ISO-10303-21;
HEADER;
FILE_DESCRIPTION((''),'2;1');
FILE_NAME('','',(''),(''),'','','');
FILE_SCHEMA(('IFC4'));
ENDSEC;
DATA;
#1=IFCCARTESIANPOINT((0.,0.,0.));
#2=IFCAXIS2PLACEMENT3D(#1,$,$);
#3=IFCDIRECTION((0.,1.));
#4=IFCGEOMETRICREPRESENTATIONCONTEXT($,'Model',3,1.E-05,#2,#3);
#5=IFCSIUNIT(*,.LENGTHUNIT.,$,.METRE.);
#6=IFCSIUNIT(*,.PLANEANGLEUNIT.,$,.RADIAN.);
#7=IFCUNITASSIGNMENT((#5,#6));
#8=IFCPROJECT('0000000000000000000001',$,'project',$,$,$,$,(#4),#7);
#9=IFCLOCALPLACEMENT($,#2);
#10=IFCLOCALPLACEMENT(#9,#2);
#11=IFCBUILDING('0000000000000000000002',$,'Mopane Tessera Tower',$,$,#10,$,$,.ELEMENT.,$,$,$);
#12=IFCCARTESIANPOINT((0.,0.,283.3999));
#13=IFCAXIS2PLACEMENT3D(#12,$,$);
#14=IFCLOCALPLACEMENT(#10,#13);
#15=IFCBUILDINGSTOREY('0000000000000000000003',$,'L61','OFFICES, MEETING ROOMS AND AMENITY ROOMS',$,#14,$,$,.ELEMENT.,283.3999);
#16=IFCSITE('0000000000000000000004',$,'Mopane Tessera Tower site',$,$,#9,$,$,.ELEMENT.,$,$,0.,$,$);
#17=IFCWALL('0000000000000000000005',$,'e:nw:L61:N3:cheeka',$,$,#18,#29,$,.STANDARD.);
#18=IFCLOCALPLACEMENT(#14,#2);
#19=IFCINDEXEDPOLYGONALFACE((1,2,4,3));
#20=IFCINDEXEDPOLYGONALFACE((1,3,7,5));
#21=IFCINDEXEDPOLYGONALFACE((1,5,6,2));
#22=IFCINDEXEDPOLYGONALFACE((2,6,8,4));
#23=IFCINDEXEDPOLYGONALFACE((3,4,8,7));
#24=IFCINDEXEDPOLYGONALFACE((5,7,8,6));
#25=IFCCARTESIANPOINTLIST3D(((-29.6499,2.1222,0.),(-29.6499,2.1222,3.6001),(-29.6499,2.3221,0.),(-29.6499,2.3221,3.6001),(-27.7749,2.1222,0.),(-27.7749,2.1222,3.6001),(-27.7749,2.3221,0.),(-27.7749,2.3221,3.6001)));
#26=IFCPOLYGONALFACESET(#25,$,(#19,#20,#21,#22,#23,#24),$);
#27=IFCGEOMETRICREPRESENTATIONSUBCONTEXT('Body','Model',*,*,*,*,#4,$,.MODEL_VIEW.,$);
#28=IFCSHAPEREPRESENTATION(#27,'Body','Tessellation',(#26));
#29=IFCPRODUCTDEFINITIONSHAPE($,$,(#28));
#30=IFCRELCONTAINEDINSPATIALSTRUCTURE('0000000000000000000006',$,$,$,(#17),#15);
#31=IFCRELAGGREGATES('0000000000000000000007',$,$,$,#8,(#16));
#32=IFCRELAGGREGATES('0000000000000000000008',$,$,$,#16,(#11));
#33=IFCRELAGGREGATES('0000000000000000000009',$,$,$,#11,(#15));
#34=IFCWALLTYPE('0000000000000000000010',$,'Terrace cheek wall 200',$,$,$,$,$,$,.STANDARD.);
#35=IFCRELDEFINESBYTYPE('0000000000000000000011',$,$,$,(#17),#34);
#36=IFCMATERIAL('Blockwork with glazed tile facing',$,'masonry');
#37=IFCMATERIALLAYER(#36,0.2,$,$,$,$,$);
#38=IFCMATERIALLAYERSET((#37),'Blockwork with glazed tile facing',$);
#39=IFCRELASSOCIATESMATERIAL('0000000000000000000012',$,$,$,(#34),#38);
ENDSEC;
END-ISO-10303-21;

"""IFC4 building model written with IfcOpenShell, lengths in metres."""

from ifc_helpers import new_model, si_unit, direction, frame, frame_2d, origin, place, context, subcontext, project, spatial, rectangle, extrude, material, layer, layer_set, type_object, element, save


model = new_model("IFC4")

# Units and contexts
model_context = context("Model", 3, precision=1e-05, world=origin(), true_north=direction((0.0, 1.0)))
body_context = subcontext(model_context, "Body", "Model", "MODEL_VIEW")
ifc_project = project(units=[si_unit("LENGTHUNIT", "METRE"), si_unit("PLANEANGLEUNIT", "RADIAN")], contexts=[model_context])

# Site, building, storey
site_placement = place(None, origin())
site = spatial("IfcSite", under=ifc_project, at=site_placement, Name="Mopane Tessera Tower site", CompositionType="ELEMENT", RefElevation=0.0)
building_placement = place(site_placement, origin())
building = spatial("IfcBuilding", under=site, at=building_placement, Name="Mopane Tessera Tower", CompositionType="ELEMENT")
storey_placement = place(building_placement, frame((0.0, 0.0, 283.3999)))
storey = spatial("IfcBuildingStorey", under=building, at=storey_placement, Name="L61", Description="OFFICES, MEETING ROOMS AND AMENITY ROOMS", CompositionType="ELEMENT", Elevation=283.3999)

# Wall
ifc_material_1 = material(Name="Blockwork with glazed tile facing", Category="masonry")
ifc_layer_1 = layer(ifc_material_1, 0.2)
ifc_layer_set_1 = layer_set([ifc_layer_1], Name="Blockwork with glazed tile facing")
wall_type_1 = type_object("IfcWallType", Name="Terrace cheek wall 200", PredefinedType="STANDARD", material=ifc_layer_set_1)
wall_1_placement = place(storey_placement, frame((-29.6499, 2.2222, 0.0), z_axis=(0.0, 0.0, 1.0), x_axis=(1.0, 0.0, 0.0)))
element("IfcWall", 1, at=wall_1_placement, inside=storey, type_object=wall_type_1, Name="e:nw:L61:N3:cheeka", PredefinedType="STANDARD", context=body_context, shape_type="SweptSolid", body=[
    extrude(rectangle(XDim=1.875, YDim=0.2, at=frame_2d((0.9375, 0.0))), origin(), (0.0, 0.0, 1.0), 3.6001),
])

save(model, "model.ifc")
